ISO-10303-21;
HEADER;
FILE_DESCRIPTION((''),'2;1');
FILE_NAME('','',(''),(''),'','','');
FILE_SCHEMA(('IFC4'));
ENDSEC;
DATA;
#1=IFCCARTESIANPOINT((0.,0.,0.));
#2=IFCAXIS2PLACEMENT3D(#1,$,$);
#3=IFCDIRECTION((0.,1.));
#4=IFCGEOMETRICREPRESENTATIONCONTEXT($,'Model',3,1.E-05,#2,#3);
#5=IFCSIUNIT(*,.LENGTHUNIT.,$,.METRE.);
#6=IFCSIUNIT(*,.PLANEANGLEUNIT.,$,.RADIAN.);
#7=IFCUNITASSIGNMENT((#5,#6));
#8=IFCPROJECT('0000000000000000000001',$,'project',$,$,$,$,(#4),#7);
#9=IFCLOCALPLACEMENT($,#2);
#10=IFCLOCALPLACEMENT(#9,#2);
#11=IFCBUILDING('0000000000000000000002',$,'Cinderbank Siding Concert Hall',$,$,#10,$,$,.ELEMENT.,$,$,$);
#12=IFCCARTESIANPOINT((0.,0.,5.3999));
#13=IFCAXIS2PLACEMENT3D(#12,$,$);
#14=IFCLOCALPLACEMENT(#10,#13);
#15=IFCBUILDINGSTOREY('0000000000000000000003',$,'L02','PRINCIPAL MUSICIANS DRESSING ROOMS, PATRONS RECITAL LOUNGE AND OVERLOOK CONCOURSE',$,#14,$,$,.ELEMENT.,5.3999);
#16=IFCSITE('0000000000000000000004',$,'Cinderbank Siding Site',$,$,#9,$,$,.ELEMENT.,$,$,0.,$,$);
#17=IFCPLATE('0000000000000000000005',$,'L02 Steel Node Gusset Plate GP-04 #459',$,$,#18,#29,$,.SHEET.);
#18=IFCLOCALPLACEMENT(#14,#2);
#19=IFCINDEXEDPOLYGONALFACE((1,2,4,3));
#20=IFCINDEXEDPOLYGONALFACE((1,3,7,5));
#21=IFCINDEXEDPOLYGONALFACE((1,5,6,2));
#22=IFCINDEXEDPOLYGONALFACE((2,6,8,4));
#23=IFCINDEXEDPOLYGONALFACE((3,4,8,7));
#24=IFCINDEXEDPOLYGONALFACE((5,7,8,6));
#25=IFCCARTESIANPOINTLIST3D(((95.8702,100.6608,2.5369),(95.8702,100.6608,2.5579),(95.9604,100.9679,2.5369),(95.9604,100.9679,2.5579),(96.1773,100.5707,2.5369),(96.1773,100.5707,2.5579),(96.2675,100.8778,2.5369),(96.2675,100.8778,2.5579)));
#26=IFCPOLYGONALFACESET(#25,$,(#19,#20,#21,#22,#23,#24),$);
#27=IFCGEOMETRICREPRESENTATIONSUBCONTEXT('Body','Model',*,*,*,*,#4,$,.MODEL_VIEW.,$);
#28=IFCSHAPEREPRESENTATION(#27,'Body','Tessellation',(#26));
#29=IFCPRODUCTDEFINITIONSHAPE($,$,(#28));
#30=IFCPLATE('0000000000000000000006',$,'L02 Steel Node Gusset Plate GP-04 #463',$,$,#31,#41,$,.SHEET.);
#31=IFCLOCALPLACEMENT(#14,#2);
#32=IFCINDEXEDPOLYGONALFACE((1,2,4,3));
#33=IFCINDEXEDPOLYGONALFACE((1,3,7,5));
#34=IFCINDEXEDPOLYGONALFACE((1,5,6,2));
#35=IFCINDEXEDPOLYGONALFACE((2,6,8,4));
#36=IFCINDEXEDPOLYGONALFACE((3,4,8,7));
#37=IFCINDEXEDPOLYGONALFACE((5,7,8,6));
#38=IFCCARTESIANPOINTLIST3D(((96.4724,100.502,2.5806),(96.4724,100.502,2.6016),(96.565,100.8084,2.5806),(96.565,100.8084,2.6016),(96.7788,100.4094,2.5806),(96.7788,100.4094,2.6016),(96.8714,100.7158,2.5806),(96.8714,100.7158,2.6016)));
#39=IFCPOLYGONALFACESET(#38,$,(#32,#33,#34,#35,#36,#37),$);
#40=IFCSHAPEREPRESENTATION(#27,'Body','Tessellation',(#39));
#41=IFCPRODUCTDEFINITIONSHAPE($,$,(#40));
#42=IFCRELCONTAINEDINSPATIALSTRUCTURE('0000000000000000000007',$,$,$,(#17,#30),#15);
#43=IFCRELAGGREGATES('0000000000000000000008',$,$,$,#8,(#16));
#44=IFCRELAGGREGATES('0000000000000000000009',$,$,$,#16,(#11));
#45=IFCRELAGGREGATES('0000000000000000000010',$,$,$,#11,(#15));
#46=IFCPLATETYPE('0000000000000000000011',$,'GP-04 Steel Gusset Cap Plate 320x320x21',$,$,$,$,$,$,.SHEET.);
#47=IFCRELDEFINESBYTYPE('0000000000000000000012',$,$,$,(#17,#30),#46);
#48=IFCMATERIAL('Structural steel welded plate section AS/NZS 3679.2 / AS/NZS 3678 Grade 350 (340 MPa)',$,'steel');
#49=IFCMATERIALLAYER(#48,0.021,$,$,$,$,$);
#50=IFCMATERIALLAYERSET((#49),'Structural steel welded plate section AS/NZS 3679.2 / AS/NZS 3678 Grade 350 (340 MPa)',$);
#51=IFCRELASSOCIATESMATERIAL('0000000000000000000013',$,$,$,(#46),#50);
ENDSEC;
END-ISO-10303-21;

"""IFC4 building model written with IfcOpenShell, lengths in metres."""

from ifc_helpers import new_model, si_unit, direction, frame, origin, origin_2d, place, context, subcontext, project, spatial, rectangle, extrude, material, layer, layer_set, type_object, element, save


model = new_model("IFC4")

# Units and contexts
model_context = context("Model", 3, precision=1e-05, world=origin(), true_north=direction((0.0, 1.0)))
body_context = subcontext(model_context, "Body", "Model", "MODEL_VIEW")
ifc_project = project(units=[si_unit("LENGTHUNIT", "METRE"), si_unit("PLANEANGLEUNIT", "RADIAN")], contexts=[model_context])

# Site, building, storey
site_placement = place(None, origin())
site = spatial("IfcSite", under=ifc_project, at=site_placement, Name="Cinderbank Siding Site", CompositionType="ELEMENT", RefElevation=0.0)
building_placement = place(site_placement, origin())
building = spatial("IfcBuilding", under=site, at=building_placement, Name="Cinderbank Siding Concert Hall", CompositionType="ELEMENT")
storey_placement = place(building_placement, frame((0.0, 0.0, 5.3999)))
storey = spatial("IfcBuildingStorey", under=building, at=storey_placement, Name="L02", Description="PRINCIPAL MUSICIANS DRESSING ROOMS, PATRONS RECITAL LOUNGE AND OVERLOOK CONCOURSE", CompositionType="ELEMENT", Elevation=5.3999)

# Shared definitions
ifc_material_1 = material(Name="Structural steel welded plate section AS/NZS 3679.2 / AS/NZS 3678 Grade 350 (340 MPa)", Category="steel")

# Plates
ifc_layer_1 = layer(ifc_material_1, 0.021)
ifc_layer_set_1 = layer_set([ifc_layer_1], Name="Structural steel welded plate section AS/NZS 3679.2 / AS/NZS 3678 Grade 350 (340 MPa)")
plate_type_1 = type_object("IfcPlateType", Name="GP-04 Steel Gusset Cap Plate 320x320x21", PredefinedType="SHEET", material=ifc_layer_set_1)
for number, where, z_axis, x_axis, name in (
    (1, (96.0688, 100.7693, 2.5369), (0.0, 0.0, 1.0), (0.281672, 0.959511, 0.0), "L02 Steel Node Gusset Plate GP-04 #459"),
    (2, (96.6719, 100.6089, 2.5806), (0.0, 0.0, 1.0), (0.289366, 0.957219, 0.0), "L02 Steel Node Gusset Plate GP-04 #463"),
):
    element("IfcPlate", number, at=place(storey_placement, frame(where, z_axis=z_axis, x_axis=x_axis)), inside=storey, type_object=plate_type_1, Name=name, PredefinedType="SHEET", context=body_context, shape_type="SweptSolid", body=[
        extrude(rectangle(XDim=0.3201, YDim=0.3201, at=origin_2d()), origin(), (0.0, 0.0, 1.0), 0.021),
    ])

save(model, "model.ifc")
